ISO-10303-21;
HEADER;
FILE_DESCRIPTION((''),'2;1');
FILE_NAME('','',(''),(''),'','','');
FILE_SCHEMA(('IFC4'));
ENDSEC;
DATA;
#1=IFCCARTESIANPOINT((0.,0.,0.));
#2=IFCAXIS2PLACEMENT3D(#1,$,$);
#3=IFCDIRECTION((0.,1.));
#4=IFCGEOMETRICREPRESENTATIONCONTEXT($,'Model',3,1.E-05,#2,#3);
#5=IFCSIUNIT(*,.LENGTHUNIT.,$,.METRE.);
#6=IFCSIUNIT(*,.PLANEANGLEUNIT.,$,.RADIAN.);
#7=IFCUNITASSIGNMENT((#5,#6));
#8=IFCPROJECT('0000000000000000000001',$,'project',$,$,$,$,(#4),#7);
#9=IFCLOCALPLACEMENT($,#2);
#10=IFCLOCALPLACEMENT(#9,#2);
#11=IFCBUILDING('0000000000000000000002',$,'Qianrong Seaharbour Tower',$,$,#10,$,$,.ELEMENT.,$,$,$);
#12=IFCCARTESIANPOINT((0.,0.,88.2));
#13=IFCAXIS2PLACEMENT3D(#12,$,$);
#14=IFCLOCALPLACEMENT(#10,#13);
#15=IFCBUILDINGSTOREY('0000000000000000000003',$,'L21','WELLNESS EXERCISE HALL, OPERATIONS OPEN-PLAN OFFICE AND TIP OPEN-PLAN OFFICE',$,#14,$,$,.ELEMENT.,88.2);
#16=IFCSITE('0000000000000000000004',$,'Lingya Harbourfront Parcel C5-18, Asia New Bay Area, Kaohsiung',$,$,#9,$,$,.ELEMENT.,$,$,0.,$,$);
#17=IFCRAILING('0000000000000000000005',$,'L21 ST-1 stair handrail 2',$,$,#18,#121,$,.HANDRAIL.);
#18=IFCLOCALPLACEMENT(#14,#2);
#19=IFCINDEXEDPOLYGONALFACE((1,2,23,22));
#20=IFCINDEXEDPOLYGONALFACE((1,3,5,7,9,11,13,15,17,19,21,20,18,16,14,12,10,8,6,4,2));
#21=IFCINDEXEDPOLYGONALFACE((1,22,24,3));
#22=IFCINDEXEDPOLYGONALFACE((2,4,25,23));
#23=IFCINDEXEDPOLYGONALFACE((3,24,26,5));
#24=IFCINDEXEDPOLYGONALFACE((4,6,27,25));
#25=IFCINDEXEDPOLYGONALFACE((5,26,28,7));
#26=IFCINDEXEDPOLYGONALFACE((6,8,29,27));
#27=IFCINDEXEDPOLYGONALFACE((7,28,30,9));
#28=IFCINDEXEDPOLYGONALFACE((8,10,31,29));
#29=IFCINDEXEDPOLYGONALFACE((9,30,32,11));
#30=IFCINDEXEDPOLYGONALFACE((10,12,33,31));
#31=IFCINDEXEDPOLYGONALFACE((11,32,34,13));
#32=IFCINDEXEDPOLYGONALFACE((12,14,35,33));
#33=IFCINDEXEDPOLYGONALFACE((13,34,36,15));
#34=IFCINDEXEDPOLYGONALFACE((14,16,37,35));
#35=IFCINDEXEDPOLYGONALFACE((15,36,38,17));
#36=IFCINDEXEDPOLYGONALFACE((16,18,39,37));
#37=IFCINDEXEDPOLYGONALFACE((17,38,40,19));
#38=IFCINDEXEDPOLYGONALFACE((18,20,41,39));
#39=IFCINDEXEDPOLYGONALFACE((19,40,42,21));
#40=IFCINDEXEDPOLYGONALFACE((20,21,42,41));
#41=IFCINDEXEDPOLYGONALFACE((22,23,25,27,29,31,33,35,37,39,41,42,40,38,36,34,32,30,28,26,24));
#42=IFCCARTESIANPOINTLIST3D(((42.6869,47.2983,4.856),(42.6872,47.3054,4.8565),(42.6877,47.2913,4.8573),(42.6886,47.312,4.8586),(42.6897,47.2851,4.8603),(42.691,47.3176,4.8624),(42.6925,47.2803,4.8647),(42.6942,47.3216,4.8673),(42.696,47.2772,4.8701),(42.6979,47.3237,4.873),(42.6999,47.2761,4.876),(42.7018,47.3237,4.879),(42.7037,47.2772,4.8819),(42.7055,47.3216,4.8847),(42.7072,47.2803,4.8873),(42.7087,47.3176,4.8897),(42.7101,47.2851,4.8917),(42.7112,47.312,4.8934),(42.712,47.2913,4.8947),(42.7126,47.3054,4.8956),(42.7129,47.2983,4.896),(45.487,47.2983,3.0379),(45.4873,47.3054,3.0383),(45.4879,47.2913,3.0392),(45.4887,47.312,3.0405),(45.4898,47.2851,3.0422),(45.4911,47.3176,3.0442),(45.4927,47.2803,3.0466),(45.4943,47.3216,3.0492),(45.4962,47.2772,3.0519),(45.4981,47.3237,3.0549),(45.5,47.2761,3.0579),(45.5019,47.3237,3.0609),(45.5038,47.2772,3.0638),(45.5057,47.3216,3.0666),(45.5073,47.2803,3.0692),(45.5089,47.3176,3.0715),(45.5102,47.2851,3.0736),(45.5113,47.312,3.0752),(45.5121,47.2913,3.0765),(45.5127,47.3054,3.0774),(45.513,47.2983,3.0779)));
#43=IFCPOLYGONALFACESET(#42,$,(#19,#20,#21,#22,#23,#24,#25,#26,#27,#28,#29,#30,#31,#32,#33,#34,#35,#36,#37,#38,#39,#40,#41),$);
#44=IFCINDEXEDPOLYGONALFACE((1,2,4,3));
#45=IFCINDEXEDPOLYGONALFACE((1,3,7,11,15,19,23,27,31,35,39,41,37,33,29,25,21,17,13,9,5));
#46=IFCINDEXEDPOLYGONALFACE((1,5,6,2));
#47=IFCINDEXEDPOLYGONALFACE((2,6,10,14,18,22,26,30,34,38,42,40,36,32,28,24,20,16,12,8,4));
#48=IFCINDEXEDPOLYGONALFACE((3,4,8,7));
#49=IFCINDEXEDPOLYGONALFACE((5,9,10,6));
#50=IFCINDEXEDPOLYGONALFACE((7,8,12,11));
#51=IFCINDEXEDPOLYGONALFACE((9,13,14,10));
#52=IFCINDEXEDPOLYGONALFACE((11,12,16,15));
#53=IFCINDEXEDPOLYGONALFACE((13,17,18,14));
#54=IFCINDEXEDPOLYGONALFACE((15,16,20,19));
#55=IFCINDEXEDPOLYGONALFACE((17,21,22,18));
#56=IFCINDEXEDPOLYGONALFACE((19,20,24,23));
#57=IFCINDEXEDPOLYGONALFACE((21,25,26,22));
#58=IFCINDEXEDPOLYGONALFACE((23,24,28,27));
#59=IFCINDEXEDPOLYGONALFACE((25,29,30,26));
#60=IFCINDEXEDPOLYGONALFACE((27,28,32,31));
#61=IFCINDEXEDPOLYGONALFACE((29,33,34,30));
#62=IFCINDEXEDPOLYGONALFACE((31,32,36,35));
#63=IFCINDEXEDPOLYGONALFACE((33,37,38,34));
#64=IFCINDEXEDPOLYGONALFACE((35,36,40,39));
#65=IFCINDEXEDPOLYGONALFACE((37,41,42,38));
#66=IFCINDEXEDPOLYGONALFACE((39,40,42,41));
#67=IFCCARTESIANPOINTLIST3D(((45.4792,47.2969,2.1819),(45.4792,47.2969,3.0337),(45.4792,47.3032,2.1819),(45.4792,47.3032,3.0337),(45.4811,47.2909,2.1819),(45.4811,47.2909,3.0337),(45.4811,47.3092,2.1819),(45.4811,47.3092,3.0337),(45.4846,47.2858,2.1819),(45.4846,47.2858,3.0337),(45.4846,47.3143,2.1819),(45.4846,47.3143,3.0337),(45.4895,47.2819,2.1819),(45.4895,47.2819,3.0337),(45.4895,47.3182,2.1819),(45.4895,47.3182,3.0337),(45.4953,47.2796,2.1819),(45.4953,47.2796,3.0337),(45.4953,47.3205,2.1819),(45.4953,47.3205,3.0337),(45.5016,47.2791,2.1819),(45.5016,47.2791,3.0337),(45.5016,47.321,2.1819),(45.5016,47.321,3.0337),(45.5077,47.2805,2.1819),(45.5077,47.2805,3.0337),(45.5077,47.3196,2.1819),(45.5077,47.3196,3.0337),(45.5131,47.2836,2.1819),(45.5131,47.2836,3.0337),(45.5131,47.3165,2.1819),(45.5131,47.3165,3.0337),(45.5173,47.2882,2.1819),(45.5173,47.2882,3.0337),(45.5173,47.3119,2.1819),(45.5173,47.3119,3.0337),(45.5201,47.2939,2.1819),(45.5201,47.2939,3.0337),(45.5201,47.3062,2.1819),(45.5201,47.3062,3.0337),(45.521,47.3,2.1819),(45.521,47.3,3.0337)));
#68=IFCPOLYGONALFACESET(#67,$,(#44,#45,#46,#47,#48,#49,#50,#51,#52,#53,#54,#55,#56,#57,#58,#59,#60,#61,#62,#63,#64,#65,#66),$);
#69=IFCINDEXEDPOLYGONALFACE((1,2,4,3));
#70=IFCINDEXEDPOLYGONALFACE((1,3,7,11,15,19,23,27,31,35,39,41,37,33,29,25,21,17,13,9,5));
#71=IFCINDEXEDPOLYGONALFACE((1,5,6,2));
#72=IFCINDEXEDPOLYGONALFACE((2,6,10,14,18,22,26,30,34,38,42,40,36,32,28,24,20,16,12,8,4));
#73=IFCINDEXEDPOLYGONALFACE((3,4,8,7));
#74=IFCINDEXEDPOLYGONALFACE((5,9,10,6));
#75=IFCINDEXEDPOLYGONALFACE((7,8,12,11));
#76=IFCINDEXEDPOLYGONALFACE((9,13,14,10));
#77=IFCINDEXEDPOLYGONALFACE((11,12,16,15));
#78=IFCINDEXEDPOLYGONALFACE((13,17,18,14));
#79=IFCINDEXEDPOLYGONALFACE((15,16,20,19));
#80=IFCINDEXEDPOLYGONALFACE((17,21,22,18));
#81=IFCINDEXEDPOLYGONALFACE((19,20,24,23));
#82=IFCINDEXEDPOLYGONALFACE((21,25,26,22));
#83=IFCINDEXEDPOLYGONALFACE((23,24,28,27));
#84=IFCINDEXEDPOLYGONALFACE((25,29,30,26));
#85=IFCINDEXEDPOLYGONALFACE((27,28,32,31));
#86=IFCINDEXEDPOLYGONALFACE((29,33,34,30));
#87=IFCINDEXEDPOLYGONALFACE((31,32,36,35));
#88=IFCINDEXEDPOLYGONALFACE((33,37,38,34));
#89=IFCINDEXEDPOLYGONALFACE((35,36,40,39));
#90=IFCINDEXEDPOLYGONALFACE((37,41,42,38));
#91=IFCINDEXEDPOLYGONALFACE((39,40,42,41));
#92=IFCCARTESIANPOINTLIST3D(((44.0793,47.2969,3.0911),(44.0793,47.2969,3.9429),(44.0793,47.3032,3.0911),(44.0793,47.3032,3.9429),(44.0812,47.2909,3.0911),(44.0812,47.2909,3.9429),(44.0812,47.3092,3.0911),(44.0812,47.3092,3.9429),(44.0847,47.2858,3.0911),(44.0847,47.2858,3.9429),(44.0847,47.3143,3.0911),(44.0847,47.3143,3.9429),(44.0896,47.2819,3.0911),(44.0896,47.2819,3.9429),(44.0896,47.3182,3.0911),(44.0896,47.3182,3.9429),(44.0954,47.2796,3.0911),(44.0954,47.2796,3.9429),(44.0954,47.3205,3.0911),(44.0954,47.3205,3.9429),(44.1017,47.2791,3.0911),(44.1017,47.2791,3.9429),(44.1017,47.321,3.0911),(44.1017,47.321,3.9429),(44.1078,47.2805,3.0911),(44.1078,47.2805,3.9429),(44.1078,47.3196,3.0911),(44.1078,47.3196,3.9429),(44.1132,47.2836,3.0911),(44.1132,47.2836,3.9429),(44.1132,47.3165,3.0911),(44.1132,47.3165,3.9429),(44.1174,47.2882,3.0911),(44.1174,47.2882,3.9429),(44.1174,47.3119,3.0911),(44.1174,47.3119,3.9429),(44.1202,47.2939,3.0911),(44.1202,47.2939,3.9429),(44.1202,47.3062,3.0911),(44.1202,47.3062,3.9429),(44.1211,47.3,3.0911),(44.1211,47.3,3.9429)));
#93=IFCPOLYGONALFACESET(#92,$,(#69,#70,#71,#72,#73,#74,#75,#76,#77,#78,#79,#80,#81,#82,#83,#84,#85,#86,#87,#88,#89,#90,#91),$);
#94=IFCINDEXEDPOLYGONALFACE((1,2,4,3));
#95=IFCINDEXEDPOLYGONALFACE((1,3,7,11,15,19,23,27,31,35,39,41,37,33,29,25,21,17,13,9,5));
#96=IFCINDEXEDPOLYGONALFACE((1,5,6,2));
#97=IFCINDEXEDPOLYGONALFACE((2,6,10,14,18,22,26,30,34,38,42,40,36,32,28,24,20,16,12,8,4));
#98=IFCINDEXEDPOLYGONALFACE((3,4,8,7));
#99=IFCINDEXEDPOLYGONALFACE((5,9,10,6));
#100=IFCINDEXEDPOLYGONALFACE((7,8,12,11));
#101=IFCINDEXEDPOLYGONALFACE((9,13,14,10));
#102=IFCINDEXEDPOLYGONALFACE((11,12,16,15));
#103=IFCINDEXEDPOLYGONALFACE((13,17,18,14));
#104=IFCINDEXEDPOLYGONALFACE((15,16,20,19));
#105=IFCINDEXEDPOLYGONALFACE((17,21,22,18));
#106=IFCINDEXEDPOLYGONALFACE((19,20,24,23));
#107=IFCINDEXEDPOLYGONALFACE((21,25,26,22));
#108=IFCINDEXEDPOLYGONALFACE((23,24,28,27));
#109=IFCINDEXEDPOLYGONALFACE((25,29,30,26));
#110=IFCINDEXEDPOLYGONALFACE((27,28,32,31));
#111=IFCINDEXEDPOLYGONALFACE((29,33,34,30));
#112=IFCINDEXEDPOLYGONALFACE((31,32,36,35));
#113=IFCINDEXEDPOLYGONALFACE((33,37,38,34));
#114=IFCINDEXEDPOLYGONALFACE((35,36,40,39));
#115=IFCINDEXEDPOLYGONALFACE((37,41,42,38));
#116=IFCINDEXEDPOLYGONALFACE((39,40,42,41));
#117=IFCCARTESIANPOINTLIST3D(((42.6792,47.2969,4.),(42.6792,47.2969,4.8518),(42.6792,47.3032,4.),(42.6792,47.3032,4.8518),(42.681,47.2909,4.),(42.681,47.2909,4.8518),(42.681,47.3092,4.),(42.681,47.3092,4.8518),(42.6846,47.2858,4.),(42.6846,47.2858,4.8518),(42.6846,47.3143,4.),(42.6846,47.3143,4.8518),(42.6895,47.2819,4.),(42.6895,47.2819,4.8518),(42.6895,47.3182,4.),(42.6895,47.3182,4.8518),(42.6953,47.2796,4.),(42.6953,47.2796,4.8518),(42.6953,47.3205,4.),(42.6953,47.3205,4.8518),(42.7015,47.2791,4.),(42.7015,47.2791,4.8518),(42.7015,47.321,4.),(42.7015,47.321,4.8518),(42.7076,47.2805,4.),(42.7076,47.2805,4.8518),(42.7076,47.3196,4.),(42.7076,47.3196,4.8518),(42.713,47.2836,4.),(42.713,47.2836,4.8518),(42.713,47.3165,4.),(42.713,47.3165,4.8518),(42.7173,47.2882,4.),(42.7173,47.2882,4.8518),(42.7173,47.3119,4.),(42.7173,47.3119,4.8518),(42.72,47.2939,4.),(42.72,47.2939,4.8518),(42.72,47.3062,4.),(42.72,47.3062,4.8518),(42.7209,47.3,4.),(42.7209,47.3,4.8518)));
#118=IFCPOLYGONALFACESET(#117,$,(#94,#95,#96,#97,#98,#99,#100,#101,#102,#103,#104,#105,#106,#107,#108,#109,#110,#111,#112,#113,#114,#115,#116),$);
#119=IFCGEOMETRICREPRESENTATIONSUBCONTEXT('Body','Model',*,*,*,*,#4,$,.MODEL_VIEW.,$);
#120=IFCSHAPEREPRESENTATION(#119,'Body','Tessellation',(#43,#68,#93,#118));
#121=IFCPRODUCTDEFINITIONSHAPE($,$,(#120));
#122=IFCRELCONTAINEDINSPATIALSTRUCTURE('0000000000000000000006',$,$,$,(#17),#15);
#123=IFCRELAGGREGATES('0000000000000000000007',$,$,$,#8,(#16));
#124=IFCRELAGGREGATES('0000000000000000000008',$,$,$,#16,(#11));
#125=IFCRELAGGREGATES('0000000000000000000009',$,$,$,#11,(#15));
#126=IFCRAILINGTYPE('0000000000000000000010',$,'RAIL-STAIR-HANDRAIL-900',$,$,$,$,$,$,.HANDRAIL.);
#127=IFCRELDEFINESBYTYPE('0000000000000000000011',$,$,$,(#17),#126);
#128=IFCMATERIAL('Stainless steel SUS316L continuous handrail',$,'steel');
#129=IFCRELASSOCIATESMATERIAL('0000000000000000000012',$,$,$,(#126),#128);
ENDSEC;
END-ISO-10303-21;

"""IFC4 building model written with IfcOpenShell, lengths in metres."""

from ifc_helpers import new_model, si_unit, direction, frame, origin, origin_2d, place, context, subcontext, project, spatial, circle, extrude, material, type_object, element, save


model = new_model("IFC4")

# Units and contexts
model_context = context("Model", 3, precision=1e-05, world=origin(), true_north=direction((0.0, 1.0)))
body_context = subcontext(model_context, "Body", "Model", "MODEL_VIEW")
ifc_project = project(units=[si_unit("LENGTHUNIT", "METRE"), si_unit("PLANEANGLEUNIT", "RADIAN")], contexts=[model_context])

# Site, building, storey
site_placement = place(None, origin())
site = spatial("IfcSite", under=ifc_project, at=site_placement, Name="Lingya Harbourfront Parcel C5-18, Asia New Bay Area, Kaohsiung", CompositionType="ELEMENT", RefElevation=0.0)
building_placement = place(site_placement, origin())
building = spatial("IfcBuilding", under=site, at=building_placement, Name="Qianrong Seaharbour Tower", CompositionType="ELEMENT")
storey_placement = place(building_placement, frame((0.0, 0.0, 88.2)))
storey = spatial("IfcBuildingStorey", under=building, at=storey_placement, Name="L21", Description="WELLNESS EXERCISE HALL, OPERATIONS OPEN-PLAN OFFICE AND TIP OPEN-PLAN OFFICE", CompositionType="ELEMENT", Elevation=88.2)

# Railing
ifc_material_1 = material(Name="Stainless steel SUS316L continuous handrail", Category="steel")
railing_type_1 = type_object("IfcRailingType", Name="RAIL-STAIR-HANDRAIL-900", PredefinedType="HANDRAIL", material=ifc_material_1)
railing_1_placement = place(storey_placement, frame((45.5, 47.3, 2.1819)))
element("IfcRailing", 1, at=railing_1_placement, inside=storey, type_object=railing_type_1, Name="L21 ST-1 stair handrail 2", PredefinedType="HANDRAIL", context=body_context, shape_type="SweptSolid", body=[
    extrude(circle(Radius=0.0239, at=origin_2d()), frame((0.0, 0.0, 0.876), z_axis=(-0.838706, 0.0, 0.544585), x_axis=(0.0, -1.0, 0.0)), (0.0, 0.0, 1.0), 3.3386),
    extrude(circle(Radius=0.021, at=origin_2d()), origin(), (0.0, 0.0, 1.0), 0.8518),
    extrude(circle(Radius=0.021, at=origin_2d()), frame((-1.3999, 0.0, 0.9092)), (0.0, 0.0, 1.0), 0.8518),
    extrude(circle(Radius=0.021, at=origin_2d()), frame((-2.8, 0.0, 1.8181)), (0.0, 0.0, 1.0), 0.8518),
])

save(model, "model.ifc")
